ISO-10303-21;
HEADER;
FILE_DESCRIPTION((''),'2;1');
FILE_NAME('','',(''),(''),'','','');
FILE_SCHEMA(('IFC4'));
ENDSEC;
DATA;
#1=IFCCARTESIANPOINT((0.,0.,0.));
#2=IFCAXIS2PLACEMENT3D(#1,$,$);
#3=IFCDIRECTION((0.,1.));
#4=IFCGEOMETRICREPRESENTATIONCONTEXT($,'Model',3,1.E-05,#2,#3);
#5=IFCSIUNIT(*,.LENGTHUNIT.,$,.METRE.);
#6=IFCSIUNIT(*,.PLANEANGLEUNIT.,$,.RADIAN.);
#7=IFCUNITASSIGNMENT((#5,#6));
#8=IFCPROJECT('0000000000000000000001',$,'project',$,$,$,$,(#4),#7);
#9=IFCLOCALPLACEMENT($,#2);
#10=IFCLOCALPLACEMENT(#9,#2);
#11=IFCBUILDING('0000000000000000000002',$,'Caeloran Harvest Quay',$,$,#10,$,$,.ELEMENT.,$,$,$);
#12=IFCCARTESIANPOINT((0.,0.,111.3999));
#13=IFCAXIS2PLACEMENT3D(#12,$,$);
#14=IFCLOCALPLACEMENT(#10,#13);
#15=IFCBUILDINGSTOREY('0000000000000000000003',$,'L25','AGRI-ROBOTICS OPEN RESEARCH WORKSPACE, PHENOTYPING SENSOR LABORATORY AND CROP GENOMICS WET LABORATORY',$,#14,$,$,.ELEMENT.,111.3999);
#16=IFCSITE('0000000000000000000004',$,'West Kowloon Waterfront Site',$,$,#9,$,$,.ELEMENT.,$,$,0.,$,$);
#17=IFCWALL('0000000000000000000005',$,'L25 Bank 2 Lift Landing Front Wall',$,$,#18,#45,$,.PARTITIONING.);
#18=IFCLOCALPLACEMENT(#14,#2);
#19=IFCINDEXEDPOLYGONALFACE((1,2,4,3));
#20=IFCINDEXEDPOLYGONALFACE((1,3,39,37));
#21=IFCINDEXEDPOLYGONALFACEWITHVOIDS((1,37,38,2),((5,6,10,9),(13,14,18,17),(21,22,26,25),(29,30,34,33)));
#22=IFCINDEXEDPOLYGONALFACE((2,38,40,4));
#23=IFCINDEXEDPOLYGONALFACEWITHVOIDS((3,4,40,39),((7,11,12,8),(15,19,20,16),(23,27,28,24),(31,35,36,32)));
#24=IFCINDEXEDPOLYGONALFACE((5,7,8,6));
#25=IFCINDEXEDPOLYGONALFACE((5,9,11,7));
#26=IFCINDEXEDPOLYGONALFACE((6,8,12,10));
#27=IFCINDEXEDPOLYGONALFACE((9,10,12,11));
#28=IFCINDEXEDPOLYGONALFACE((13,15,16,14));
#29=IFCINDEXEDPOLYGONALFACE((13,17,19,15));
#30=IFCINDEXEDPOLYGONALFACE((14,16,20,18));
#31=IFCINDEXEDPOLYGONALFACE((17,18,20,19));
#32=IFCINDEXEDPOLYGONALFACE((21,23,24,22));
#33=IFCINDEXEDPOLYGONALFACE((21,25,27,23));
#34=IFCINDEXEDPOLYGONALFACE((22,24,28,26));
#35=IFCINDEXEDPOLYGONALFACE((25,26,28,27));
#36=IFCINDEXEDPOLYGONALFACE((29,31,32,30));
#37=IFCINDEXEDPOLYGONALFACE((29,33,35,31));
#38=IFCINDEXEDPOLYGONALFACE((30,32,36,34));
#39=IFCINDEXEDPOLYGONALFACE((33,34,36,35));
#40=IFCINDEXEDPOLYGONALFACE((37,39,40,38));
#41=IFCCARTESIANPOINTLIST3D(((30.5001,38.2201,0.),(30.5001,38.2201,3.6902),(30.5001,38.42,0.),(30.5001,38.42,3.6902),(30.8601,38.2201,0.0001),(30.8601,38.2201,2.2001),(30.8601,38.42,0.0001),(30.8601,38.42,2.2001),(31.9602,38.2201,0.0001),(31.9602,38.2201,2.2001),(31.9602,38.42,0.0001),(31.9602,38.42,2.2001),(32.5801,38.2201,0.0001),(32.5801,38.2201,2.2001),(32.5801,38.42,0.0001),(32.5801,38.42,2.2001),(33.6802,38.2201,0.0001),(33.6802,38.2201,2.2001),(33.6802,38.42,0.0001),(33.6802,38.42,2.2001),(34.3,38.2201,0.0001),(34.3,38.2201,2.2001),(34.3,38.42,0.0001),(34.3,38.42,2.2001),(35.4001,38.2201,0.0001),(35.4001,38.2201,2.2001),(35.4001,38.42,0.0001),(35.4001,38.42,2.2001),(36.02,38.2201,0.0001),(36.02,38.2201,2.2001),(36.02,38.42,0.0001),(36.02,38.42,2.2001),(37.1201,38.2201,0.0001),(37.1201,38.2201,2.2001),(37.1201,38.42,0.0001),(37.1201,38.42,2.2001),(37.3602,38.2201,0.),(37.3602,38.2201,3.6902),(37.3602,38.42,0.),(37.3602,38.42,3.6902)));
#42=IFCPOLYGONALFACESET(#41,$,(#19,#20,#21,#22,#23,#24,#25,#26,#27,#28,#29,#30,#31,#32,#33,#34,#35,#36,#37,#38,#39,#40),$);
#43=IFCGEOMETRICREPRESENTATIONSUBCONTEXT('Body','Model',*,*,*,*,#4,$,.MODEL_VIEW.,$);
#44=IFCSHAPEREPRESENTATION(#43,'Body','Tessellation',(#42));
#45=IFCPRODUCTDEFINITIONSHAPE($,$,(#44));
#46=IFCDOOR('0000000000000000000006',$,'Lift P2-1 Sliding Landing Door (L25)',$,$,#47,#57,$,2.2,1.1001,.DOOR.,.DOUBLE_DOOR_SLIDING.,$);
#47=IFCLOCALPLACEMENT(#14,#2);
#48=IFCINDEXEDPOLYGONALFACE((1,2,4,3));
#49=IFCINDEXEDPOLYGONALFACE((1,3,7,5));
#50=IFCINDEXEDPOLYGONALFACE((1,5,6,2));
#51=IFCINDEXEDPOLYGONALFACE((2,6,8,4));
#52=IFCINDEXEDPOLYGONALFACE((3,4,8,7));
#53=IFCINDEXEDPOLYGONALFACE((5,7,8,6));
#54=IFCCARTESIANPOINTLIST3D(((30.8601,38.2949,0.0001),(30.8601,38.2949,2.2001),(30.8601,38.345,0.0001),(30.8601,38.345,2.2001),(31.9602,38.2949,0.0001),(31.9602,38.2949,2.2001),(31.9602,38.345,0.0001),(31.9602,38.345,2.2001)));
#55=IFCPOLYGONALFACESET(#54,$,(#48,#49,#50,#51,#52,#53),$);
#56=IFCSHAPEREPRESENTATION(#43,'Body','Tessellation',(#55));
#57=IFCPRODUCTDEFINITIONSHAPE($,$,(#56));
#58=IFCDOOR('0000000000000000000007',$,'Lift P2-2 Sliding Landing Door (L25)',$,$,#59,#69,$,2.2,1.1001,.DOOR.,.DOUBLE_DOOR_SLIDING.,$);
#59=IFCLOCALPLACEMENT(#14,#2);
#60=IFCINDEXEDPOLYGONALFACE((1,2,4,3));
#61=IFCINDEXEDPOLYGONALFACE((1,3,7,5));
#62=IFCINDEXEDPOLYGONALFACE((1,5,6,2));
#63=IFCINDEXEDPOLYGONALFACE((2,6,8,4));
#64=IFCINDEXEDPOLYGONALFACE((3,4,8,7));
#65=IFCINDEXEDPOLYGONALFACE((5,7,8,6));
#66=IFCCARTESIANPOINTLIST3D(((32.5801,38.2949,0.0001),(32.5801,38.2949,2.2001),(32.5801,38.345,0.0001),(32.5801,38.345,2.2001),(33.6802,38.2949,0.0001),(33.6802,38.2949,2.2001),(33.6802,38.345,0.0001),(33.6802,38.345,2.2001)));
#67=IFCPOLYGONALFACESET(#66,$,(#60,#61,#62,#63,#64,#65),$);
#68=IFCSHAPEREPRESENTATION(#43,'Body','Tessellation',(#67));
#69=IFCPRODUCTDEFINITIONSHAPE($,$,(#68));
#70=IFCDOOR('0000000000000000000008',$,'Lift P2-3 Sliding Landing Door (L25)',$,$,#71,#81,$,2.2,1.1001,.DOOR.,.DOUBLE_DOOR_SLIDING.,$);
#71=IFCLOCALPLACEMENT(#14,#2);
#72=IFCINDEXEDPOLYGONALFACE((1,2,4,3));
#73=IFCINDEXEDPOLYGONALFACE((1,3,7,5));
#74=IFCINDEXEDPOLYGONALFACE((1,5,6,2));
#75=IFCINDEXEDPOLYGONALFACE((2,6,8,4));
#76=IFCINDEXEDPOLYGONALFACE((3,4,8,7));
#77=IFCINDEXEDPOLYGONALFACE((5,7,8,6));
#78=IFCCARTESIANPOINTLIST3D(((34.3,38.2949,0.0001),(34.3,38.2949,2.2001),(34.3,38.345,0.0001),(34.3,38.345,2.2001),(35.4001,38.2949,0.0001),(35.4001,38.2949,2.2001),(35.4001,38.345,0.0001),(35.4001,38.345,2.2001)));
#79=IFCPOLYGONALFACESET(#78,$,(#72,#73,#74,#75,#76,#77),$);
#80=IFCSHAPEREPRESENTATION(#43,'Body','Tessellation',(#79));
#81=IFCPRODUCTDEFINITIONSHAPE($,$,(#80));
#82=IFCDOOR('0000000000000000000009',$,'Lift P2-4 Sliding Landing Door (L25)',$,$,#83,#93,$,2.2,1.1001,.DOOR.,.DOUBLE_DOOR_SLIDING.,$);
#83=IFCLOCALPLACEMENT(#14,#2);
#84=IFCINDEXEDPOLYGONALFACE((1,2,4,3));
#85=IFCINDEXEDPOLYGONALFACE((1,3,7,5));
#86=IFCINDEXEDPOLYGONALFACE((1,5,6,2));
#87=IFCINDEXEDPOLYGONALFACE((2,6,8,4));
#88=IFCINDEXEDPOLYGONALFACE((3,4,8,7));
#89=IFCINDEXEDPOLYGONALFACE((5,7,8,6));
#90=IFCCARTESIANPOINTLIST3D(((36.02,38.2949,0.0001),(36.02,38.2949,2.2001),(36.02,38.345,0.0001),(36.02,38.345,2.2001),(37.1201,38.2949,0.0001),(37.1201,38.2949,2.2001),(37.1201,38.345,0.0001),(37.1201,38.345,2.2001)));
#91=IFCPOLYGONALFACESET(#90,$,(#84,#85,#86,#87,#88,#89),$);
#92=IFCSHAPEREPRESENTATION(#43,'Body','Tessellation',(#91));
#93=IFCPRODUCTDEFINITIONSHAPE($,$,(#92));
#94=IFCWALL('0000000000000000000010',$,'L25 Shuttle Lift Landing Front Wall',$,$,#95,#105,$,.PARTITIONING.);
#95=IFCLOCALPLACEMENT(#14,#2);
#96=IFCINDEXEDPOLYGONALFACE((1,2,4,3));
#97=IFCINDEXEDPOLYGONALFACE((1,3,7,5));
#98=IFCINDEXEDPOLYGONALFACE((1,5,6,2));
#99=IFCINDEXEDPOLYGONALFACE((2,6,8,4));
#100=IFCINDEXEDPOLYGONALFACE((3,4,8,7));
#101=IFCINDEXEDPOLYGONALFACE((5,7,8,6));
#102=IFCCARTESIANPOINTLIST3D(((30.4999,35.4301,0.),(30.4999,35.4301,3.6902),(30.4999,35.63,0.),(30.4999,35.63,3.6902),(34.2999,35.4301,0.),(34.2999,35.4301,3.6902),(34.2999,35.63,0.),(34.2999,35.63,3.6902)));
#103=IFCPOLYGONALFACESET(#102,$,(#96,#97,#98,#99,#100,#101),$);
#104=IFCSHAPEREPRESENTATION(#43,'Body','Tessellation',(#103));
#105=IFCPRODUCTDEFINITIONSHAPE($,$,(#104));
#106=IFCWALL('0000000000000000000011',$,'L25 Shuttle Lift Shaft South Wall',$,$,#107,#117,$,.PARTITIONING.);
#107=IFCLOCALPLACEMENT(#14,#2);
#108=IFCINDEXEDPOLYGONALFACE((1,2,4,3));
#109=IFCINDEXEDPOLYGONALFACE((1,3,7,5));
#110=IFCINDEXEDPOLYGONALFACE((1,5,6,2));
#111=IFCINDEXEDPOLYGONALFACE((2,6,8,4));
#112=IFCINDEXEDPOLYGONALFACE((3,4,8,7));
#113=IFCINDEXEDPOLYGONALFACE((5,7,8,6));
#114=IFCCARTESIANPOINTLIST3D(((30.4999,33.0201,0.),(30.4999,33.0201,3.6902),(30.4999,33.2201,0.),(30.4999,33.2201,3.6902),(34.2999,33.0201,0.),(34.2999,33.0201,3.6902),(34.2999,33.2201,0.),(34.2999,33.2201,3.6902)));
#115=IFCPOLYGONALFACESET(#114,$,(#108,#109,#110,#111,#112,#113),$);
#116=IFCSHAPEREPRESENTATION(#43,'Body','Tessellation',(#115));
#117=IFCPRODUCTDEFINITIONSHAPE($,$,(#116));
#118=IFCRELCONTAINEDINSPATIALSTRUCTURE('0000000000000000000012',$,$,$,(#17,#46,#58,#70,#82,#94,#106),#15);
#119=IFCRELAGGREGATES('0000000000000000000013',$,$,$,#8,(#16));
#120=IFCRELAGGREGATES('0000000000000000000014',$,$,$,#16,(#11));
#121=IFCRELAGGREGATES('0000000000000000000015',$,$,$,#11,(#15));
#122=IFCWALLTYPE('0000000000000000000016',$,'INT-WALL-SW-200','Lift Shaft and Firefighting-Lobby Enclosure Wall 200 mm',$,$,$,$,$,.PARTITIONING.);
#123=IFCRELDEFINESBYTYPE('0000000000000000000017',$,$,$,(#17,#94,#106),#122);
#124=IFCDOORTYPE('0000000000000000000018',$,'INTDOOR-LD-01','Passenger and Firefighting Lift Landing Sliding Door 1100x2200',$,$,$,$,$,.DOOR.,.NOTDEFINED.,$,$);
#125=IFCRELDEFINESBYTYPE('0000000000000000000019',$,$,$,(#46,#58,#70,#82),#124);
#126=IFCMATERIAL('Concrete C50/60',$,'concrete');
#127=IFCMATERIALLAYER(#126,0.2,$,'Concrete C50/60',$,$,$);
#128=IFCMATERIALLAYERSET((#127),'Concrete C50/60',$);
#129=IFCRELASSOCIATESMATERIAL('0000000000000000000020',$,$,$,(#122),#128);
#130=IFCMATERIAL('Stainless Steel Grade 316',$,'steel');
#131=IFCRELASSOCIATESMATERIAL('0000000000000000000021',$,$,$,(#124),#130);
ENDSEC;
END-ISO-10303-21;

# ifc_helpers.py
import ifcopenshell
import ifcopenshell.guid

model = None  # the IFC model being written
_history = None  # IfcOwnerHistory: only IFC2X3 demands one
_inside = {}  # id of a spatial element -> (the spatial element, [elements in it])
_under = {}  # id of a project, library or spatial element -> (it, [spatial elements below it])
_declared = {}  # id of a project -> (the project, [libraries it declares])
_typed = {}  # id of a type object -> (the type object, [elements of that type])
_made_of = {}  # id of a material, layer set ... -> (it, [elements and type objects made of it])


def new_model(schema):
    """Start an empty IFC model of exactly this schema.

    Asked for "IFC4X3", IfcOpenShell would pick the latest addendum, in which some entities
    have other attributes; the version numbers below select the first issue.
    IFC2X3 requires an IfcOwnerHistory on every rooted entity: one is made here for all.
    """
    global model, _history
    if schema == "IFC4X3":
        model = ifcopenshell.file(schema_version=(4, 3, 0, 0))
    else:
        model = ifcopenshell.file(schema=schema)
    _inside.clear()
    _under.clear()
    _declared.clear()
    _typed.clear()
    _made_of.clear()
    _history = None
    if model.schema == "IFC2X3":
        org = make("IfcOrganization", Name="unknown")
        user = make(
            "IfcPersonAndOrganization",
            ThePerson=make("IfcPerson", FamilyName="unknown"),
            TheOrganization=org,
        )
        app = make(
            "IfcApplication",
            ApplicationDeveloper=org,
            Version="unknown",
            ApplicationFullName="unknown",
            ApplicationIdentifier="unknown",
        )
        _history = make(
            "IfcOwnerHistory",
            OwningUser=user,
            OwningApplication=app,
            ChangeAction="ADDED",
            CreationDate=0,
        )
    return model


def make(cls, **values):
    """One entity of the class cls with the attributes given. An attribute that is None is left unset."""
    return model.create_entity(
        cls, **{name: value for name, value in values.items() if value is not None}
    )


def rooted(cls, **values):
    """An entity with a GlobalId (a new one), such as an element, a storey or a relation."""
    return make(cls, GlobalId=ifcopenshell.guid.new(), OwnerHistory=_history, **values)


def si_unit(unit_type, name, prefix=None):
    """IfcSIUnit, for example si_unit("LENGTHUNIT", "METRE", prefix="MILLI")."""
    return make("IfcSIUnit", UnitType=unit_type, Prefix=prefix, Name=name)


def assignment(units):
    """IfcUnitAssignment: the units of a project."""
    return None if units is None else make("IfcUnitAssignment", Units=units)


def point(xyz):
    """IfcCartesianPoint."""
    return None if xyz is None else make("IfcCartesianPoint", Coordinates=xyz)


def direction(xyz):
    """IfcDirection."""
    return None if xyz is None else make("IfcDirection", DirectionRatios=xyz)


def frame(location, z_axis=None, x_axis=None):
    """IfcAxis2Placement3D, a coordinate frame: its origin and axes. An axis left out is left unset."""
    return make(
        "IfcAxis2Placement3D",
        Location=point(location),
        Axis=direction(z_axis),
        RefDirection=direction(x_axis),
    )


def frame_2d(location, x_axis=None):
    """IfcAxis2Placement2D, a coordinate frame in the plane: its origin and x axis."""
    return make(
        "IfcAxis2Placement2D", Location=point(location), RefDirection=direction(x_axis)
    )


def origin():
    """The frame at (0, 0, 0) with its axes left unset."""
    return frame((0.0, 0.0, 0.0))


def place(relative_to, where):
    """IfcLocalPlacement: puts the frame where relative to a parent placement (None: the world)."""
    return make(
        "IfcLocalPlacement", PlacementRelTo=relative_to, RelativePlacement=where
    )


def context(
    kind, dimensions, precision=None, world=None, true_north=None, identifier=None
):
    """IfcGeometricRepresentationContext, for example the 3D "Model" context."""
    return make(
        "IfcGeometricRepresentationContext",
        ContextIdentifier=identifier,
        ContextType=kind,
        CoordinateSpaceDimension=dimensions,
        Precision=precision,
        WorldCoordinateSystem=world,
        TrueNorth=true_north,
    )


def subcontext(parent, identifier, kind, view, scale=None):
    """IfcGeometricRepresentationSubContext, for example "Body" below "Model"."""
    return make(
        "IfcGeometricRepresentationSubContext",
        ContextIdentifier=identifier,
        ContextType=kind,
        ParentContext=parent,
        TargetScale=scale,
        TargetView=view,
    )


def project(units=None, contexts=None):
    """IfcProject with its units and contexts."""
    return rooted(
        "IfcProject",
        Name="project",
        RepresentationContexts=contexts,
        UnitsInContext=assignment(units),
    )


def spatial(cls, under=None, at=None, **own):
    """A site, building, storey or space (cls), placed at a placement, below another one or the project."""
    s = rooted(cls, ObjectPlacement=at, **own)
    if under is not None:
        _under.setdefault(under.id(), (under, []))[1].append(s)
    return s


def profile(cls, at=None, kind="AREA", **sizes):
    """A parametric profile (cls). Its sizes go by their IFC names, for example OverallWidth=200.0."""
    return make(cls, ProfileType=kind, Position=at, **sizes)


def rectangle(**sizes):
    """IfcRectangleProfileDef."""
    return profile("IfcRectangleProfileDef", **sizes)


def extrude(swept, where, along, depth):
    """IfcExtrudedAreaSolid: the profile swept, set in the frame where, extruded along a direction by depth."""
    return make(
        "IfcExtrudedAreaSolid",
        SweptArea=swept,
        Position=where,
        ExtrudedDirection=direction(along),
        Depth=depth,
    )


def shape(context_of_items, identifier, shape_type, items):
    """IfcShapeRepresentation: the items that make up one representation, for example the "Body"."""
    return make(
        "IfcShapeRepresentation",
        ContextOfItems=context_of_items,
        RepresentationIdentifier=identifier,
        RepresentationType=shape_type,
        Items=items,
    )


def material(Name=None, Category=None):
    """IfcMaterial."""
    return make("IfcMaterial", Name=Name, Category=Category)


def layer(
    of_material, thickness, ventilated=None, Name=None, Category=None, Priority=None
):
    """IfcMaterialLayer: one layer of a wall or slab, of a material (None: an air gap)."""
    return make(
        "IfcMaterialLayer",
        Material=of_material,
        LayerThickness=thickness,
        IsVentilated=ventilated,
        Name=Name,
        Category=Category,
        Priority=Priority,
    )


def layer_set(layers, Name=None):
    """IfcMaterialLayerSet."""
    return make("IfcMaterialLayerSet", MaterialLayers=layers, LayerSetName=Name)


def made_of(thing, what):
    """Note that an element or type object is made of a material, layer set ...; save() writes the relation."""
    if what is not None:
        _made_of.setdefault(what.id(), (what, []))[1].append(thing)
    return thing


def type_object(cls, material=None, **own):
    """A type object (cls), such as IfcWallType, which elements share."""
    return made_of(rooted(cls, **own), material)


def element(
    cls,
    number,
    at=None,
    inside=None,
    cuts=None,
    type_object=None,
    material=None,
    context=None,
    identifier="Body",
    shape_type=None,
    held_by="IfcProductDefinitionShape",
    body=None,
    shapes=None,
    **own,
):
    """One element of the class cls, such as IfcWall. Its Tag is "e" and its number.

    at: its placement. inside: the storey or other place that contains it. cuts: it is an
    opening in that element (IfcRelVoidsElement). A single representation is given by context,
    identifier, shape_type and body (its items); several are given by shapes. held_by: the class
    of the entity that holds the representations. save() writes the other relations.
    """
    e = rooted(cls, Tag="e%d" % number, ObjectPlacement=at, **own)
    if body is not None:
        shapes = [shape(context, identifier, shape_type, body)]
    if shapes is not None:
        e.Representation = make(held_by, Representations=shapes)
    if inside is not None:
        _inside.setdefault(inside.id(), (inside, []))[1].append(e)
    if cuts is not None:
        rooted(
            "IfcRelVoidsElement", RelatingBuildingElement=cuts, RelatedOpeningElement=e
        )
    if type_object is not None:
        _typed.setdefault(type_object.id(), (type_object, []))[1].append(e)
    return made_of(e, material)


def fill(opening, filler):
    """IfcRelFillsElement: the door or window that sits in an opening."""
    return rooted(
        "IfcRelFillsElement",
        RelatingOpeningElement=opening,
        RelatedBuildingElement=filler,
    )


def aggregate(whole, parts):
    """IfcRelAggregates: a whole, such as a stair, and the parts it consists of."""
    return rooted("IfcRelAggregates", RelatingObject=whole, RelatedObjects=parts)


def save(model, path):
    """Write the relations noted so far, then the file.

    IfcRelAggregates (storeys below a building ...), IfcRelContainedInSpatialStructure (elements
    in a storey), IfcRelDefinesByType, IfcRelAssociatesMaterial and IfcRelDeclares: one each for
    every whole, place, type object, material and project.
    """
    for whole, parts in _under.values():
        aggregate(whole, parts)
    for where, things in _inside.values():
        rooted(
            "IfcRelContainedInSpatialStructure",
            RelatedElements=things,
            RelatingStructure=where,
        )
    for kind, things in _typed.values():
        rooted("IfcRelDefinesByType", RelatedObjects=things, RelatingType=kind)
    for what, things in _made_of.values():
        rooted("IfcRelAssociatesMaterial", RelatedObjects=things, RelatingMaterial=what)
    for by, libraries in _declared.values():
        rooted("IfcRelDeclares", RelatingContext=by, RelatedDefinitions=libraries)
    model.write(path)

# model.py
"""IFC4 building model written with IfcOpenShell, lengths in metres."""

from ifc_helpers import new_model, si_unit, direction, frame, frame_2d, origin, place, context, subcontext, project, spatial, rectangle, extrude, material, layer, layer_set, type_object, element, fill, save


model = new_model("IFC4")

# Units and contexts
model_context = context("Model", 3, precision=1e-05, world=origin(), true_north=direction((0.0, 1.0)))
body_context = subcontext(model_context, "Body", "Model", "MODEL_VIEW")
ifc_project = project(units=[si_unit("LENGTHUNIT", "METRE"), si_unit("PLANEANGLEUNIT", "RADIAN")], contexts=[model_context])

# Site, building, storey
site_placement = place(None, origin())
site = spatial("IfcSite", under=ifc_project, at=site_placement, Name="West Kowloon Waterfront Site", CompositionType="ELEMENT", RefElevation=0.0)
building_placement = place(site_placement, origin())
building = spatial("IfcBuilding", under=site, at=building_placement, Name="Caeloran Harvest Quay", CompositionType="ELEMENT")
storey_placement = place(building_placement, frame((0.0, 0.0, 111.3999)))
storey = spatial("IfcBuildingStorey", under=building, at=storey_placement, Name="L25", Description="AGRI-ROBOTICS OPEN RESEARCH WORKSPACE, PHENOTYPING SENSOR LABORATORY AND CROP GENOMICS WET LABORATORY", CompositionType="ELEMENT", Elevation=111.3999)

# Shared definitions
ifc_material_1 = material(Name="Concrete C50/60", Category="concrete")
ifc_layer_1 = layer(ifc_material_1, 0.2, Name="Concrete C50/60")
ifc_layer_set_1 = layer_set([ifc_layer_1], Name="Concrete C50/60")
wall_type_1 = type_object("IfcWallType", Name="INT-WALL-SW-200", Description="Lift Shaft and Firefighting-Lobby Enclosure Wall 200 mm", PredefinedType="PARTITIONING", material=ifc_layer_set_1)

# Wall, openings, doors
wall_1_placement = place(storey_placement, frame((30.5, 38.3201, 0.0), z_axis=(0.0, 0.0, 1.0), x_axis=(1.0, 0.0, 0.0)))
wall_1 = element("IfcWall", 1, at=wall_1_placement, inside=storey, type_object=wall_type_1, Name="L25 Bank 2 Lift Landing Front Wall", PredefinedType="PARTITIONING", context=body_context, shape_type="SweptSolid", body=[
    extrude(rectangle(XDim=6.8601, YDim=0.2, at=frame_2d((3.4302, 0.0))), origin(), (0.0, 0.0, 1.0), 3.6902),
])
opening_1_placement = place(wall_1_placement, frame((0.3601, 0.0, 0.0)))
opening_1 = element("IfcOpeningElement", 2, at=opening_1_placement, cuts=wall_1, PredefinedType="OPENING", context=body_context, shape_type="SweptSolid", body=[
    extrude(rectangle(XDim=1.1001, YDim=2.2, at=frame_2d((0.55, 1.1001))), frame((0.0, 0.1099, 0.0), z_axis=(0.0, -1.0, 0.0), x_axis=(1.0, 0.0, 0.0)), (0.0, 0.0, 1.0), 0.22),
])
opening_2_placement = place(wall_1_placement, frame((2.0801, 0.0, 0.0)))
opening_2 = element("IfcOpeningElement", 3, at=opening_2_placement, cuts=wall_1, PredefinedType="OPENING", context=body_context, shape_type="SweptSolid", body=[
    extrude(rectangle(XDim=1.1001, YDim=2.2, at=frame_2d((0.55, 1.1001))), frame((0.0, 0.1099, 0.0), z_axis=(0.0, -1.0, 0.0), x_axis=(1.0, 0.0, 0.0)), (0.0, 0.0, 1.0), 0.22),
])
opening_3_placement = place(wall_1_placement, frame((3.8, 0.0, 0.0)))
opening_3 = element("IfcOpeningElement", 4, at=opening_3_placement, cuts=wall_1, PredefinedType="OPENING", context=body_context, shape_type="SweptSolid", body=[
    extrude(rectangle(XDim=1.1001, YDim=2.2, at=frame_2d((0.55, 1.1001))), frame((0.0, 0.1099, 0.0), z_axis=(0.0, -1.0, 0.0), x_axis=(1.0, 0.0, 0.0)), (0.0, 0.0, 1.0), 0.22),
])
opening_4_placement = place(wall_1_placement, frame((5.52, 0.0, 0.0)))
opening_4 = element("IfcOpeningElement", 5, at=opening_4_placement, cuts=wall_1, PredefinedType="OPENING", context=body_context, shape_type="SweptSolid", body=[
    extrude(rectangle(XDim=1.1001, YDim=2.2, at=frame_2d((0.55, 1.1001))), frame((0.0, 0.1099, 0.0), z_axis=(0.0, -1.0, 0.0), x_axis=(1.0, 0.0, 0.0)), (0.0, 0.0, 1.0), 0.22),
])
ifc_material_2 = material(Name="Stainless Steel Grade 316", Category="steel")
door_type_1 = type_object("IfcDoorType", Name="INTDOOR-LD-01", Description="Passenger and Firefighting Lift Landing Sliding Door 1100x2200", OperationType="NOTDEFINED", PredefinedType="DOOR", material=ifc_material_2)
door_1_placement = place(opening_1_placement, origin())
door_1 = element("IfcDoor", 6, at=door_1_placement, inside=storey, type_object=door_type_1, Name="Lift P2-1 Sliding Landing Door (L25)", OperationType="DOUBLE_DOOR_SLIDING", OverallHeight=2.2, OverallWidth=1.1001, PredefinedType="DOOR", context=body_context, shape_type="SweptSolid", body=[
    extrude(rectangle(XDim=1.1001, YDim=2.2, at=frame_2d((0.55, 1.1001))), frame((0.0, 0.0249, 0.0), z_axis=(0.0, -1.0, 0.0), x_axis=(1.0, 0.0, 0.0)), (0.0, 0.0, 1.0), 0.05),
])
fill(opening_1, door_1)
door_2_placement = place(opening_2_placement, origin())
door_2 = element("IfcDoor", 7, at=door_2_placement, inside=storey, type_object=door_type_1, Name="Lift P2-2 Sliding Landing Door (L25)", OperationType="DOUBLE_DOOR_SLIDING", OverallHeight=2.2, OverallWidth=1.1001, PredefinedType="DOOR", context=body_context, shape_type="SweptSolid", body=[
    extrude(rectangle(XDim=1.1001, YDim=2.2, at=frame_2d((0.55, 1.1001))), frame((0.0, 0.0249, 0.0), z_axis=(0.0, -1.0, 0.0), x_axis=(1.0, 0.0, 0.0)), (0.0, 0.0, 1.0), 0.05),
])
fill(opening_2, door_2)
door_3_placement = place(opening_3_placement, origin())
door_3 = element("IfcDoor", 8, at=door_3_placement, inside=storey, type_object=door_type_1, Name="Lift P2-3 Sliding Landing Door (L25)", OperationType="DOUBLE_DOOR_SLIDING", OverallHeight=2.2, OverallWidth=1.1001, PredefinedType="DOOR", context=body_context, shape_type="SweptSolid", body=[
    extrude(rectangle(XDim=1.1001, YDim=2.2, at=frame_2d((0.55, 1.1001))), frame((0.0, 0.0249, 0.0), z_axis=(0.0, -1.0, 0.0), x_axis=(1.0, 0.0, 0.0)), (0.0, 0.0, 1.0), 0.05),
])
fill(opening_3, door_3)
door_4_placement = place(opening_4_placement, origin())
door_4 = element("IfcDoor", 9, at=door_4_placement, inside=storey, type_object=door_type_1, Name="Lift P2-4 Sliding Landing Door (L25)", OperationType="DOUBLE_DOOR_SLIDING", OverallHeight=2.2, OverallWidth=1.1001, PredefinedType="DOOR", context=body_context, shape_type="SweptSolid", body=[
    extrude(rectangle(XDim=1.1001, YDim=2.2, at=frame_2d((0.55, 1.1001))), frame((0.0, 0.0249, 0.0), z_axis=(0.0, -1.0, 0.0), x_axis=(1.0, 0.0, 0.0)), (0.0, 0.0, 1.0), 0.05),
])
fill(opening_4, door_4)

# Walls
for number, where, z_axis, x_axis, name in (
    (10, (30.5, 35.53, 0.0), (0.0, 0.0, 1.0), (1.0, 0.0, 0.0), "L25 Shuttle Lift Landing Front Wall"),
    (11, (30.5, 33.1201, 0.0), (0.0, 0.0, 1.0), (1.0, 0.0, 0.0), "L25 Shuttle Lift Shaft South Wall"),
):
    element("IfcWall", number, at=place(storey_placement, frame(where, z_axis=z_axis, x_axis=x_axis)), inside=storey, type_object=wall_type_1, Name=name, PredefinedType="PARTITIONING", context=body_context, shape_type="SweptSolid", body=[
        extrude(rectangle(XDim=3.8, YDim=0.2, at=frame_2d((1.8999, 0.0))), origin(), (0.0, 0.0, 1.0), 3.6902),
    ])

save(model, "model.ifc")
